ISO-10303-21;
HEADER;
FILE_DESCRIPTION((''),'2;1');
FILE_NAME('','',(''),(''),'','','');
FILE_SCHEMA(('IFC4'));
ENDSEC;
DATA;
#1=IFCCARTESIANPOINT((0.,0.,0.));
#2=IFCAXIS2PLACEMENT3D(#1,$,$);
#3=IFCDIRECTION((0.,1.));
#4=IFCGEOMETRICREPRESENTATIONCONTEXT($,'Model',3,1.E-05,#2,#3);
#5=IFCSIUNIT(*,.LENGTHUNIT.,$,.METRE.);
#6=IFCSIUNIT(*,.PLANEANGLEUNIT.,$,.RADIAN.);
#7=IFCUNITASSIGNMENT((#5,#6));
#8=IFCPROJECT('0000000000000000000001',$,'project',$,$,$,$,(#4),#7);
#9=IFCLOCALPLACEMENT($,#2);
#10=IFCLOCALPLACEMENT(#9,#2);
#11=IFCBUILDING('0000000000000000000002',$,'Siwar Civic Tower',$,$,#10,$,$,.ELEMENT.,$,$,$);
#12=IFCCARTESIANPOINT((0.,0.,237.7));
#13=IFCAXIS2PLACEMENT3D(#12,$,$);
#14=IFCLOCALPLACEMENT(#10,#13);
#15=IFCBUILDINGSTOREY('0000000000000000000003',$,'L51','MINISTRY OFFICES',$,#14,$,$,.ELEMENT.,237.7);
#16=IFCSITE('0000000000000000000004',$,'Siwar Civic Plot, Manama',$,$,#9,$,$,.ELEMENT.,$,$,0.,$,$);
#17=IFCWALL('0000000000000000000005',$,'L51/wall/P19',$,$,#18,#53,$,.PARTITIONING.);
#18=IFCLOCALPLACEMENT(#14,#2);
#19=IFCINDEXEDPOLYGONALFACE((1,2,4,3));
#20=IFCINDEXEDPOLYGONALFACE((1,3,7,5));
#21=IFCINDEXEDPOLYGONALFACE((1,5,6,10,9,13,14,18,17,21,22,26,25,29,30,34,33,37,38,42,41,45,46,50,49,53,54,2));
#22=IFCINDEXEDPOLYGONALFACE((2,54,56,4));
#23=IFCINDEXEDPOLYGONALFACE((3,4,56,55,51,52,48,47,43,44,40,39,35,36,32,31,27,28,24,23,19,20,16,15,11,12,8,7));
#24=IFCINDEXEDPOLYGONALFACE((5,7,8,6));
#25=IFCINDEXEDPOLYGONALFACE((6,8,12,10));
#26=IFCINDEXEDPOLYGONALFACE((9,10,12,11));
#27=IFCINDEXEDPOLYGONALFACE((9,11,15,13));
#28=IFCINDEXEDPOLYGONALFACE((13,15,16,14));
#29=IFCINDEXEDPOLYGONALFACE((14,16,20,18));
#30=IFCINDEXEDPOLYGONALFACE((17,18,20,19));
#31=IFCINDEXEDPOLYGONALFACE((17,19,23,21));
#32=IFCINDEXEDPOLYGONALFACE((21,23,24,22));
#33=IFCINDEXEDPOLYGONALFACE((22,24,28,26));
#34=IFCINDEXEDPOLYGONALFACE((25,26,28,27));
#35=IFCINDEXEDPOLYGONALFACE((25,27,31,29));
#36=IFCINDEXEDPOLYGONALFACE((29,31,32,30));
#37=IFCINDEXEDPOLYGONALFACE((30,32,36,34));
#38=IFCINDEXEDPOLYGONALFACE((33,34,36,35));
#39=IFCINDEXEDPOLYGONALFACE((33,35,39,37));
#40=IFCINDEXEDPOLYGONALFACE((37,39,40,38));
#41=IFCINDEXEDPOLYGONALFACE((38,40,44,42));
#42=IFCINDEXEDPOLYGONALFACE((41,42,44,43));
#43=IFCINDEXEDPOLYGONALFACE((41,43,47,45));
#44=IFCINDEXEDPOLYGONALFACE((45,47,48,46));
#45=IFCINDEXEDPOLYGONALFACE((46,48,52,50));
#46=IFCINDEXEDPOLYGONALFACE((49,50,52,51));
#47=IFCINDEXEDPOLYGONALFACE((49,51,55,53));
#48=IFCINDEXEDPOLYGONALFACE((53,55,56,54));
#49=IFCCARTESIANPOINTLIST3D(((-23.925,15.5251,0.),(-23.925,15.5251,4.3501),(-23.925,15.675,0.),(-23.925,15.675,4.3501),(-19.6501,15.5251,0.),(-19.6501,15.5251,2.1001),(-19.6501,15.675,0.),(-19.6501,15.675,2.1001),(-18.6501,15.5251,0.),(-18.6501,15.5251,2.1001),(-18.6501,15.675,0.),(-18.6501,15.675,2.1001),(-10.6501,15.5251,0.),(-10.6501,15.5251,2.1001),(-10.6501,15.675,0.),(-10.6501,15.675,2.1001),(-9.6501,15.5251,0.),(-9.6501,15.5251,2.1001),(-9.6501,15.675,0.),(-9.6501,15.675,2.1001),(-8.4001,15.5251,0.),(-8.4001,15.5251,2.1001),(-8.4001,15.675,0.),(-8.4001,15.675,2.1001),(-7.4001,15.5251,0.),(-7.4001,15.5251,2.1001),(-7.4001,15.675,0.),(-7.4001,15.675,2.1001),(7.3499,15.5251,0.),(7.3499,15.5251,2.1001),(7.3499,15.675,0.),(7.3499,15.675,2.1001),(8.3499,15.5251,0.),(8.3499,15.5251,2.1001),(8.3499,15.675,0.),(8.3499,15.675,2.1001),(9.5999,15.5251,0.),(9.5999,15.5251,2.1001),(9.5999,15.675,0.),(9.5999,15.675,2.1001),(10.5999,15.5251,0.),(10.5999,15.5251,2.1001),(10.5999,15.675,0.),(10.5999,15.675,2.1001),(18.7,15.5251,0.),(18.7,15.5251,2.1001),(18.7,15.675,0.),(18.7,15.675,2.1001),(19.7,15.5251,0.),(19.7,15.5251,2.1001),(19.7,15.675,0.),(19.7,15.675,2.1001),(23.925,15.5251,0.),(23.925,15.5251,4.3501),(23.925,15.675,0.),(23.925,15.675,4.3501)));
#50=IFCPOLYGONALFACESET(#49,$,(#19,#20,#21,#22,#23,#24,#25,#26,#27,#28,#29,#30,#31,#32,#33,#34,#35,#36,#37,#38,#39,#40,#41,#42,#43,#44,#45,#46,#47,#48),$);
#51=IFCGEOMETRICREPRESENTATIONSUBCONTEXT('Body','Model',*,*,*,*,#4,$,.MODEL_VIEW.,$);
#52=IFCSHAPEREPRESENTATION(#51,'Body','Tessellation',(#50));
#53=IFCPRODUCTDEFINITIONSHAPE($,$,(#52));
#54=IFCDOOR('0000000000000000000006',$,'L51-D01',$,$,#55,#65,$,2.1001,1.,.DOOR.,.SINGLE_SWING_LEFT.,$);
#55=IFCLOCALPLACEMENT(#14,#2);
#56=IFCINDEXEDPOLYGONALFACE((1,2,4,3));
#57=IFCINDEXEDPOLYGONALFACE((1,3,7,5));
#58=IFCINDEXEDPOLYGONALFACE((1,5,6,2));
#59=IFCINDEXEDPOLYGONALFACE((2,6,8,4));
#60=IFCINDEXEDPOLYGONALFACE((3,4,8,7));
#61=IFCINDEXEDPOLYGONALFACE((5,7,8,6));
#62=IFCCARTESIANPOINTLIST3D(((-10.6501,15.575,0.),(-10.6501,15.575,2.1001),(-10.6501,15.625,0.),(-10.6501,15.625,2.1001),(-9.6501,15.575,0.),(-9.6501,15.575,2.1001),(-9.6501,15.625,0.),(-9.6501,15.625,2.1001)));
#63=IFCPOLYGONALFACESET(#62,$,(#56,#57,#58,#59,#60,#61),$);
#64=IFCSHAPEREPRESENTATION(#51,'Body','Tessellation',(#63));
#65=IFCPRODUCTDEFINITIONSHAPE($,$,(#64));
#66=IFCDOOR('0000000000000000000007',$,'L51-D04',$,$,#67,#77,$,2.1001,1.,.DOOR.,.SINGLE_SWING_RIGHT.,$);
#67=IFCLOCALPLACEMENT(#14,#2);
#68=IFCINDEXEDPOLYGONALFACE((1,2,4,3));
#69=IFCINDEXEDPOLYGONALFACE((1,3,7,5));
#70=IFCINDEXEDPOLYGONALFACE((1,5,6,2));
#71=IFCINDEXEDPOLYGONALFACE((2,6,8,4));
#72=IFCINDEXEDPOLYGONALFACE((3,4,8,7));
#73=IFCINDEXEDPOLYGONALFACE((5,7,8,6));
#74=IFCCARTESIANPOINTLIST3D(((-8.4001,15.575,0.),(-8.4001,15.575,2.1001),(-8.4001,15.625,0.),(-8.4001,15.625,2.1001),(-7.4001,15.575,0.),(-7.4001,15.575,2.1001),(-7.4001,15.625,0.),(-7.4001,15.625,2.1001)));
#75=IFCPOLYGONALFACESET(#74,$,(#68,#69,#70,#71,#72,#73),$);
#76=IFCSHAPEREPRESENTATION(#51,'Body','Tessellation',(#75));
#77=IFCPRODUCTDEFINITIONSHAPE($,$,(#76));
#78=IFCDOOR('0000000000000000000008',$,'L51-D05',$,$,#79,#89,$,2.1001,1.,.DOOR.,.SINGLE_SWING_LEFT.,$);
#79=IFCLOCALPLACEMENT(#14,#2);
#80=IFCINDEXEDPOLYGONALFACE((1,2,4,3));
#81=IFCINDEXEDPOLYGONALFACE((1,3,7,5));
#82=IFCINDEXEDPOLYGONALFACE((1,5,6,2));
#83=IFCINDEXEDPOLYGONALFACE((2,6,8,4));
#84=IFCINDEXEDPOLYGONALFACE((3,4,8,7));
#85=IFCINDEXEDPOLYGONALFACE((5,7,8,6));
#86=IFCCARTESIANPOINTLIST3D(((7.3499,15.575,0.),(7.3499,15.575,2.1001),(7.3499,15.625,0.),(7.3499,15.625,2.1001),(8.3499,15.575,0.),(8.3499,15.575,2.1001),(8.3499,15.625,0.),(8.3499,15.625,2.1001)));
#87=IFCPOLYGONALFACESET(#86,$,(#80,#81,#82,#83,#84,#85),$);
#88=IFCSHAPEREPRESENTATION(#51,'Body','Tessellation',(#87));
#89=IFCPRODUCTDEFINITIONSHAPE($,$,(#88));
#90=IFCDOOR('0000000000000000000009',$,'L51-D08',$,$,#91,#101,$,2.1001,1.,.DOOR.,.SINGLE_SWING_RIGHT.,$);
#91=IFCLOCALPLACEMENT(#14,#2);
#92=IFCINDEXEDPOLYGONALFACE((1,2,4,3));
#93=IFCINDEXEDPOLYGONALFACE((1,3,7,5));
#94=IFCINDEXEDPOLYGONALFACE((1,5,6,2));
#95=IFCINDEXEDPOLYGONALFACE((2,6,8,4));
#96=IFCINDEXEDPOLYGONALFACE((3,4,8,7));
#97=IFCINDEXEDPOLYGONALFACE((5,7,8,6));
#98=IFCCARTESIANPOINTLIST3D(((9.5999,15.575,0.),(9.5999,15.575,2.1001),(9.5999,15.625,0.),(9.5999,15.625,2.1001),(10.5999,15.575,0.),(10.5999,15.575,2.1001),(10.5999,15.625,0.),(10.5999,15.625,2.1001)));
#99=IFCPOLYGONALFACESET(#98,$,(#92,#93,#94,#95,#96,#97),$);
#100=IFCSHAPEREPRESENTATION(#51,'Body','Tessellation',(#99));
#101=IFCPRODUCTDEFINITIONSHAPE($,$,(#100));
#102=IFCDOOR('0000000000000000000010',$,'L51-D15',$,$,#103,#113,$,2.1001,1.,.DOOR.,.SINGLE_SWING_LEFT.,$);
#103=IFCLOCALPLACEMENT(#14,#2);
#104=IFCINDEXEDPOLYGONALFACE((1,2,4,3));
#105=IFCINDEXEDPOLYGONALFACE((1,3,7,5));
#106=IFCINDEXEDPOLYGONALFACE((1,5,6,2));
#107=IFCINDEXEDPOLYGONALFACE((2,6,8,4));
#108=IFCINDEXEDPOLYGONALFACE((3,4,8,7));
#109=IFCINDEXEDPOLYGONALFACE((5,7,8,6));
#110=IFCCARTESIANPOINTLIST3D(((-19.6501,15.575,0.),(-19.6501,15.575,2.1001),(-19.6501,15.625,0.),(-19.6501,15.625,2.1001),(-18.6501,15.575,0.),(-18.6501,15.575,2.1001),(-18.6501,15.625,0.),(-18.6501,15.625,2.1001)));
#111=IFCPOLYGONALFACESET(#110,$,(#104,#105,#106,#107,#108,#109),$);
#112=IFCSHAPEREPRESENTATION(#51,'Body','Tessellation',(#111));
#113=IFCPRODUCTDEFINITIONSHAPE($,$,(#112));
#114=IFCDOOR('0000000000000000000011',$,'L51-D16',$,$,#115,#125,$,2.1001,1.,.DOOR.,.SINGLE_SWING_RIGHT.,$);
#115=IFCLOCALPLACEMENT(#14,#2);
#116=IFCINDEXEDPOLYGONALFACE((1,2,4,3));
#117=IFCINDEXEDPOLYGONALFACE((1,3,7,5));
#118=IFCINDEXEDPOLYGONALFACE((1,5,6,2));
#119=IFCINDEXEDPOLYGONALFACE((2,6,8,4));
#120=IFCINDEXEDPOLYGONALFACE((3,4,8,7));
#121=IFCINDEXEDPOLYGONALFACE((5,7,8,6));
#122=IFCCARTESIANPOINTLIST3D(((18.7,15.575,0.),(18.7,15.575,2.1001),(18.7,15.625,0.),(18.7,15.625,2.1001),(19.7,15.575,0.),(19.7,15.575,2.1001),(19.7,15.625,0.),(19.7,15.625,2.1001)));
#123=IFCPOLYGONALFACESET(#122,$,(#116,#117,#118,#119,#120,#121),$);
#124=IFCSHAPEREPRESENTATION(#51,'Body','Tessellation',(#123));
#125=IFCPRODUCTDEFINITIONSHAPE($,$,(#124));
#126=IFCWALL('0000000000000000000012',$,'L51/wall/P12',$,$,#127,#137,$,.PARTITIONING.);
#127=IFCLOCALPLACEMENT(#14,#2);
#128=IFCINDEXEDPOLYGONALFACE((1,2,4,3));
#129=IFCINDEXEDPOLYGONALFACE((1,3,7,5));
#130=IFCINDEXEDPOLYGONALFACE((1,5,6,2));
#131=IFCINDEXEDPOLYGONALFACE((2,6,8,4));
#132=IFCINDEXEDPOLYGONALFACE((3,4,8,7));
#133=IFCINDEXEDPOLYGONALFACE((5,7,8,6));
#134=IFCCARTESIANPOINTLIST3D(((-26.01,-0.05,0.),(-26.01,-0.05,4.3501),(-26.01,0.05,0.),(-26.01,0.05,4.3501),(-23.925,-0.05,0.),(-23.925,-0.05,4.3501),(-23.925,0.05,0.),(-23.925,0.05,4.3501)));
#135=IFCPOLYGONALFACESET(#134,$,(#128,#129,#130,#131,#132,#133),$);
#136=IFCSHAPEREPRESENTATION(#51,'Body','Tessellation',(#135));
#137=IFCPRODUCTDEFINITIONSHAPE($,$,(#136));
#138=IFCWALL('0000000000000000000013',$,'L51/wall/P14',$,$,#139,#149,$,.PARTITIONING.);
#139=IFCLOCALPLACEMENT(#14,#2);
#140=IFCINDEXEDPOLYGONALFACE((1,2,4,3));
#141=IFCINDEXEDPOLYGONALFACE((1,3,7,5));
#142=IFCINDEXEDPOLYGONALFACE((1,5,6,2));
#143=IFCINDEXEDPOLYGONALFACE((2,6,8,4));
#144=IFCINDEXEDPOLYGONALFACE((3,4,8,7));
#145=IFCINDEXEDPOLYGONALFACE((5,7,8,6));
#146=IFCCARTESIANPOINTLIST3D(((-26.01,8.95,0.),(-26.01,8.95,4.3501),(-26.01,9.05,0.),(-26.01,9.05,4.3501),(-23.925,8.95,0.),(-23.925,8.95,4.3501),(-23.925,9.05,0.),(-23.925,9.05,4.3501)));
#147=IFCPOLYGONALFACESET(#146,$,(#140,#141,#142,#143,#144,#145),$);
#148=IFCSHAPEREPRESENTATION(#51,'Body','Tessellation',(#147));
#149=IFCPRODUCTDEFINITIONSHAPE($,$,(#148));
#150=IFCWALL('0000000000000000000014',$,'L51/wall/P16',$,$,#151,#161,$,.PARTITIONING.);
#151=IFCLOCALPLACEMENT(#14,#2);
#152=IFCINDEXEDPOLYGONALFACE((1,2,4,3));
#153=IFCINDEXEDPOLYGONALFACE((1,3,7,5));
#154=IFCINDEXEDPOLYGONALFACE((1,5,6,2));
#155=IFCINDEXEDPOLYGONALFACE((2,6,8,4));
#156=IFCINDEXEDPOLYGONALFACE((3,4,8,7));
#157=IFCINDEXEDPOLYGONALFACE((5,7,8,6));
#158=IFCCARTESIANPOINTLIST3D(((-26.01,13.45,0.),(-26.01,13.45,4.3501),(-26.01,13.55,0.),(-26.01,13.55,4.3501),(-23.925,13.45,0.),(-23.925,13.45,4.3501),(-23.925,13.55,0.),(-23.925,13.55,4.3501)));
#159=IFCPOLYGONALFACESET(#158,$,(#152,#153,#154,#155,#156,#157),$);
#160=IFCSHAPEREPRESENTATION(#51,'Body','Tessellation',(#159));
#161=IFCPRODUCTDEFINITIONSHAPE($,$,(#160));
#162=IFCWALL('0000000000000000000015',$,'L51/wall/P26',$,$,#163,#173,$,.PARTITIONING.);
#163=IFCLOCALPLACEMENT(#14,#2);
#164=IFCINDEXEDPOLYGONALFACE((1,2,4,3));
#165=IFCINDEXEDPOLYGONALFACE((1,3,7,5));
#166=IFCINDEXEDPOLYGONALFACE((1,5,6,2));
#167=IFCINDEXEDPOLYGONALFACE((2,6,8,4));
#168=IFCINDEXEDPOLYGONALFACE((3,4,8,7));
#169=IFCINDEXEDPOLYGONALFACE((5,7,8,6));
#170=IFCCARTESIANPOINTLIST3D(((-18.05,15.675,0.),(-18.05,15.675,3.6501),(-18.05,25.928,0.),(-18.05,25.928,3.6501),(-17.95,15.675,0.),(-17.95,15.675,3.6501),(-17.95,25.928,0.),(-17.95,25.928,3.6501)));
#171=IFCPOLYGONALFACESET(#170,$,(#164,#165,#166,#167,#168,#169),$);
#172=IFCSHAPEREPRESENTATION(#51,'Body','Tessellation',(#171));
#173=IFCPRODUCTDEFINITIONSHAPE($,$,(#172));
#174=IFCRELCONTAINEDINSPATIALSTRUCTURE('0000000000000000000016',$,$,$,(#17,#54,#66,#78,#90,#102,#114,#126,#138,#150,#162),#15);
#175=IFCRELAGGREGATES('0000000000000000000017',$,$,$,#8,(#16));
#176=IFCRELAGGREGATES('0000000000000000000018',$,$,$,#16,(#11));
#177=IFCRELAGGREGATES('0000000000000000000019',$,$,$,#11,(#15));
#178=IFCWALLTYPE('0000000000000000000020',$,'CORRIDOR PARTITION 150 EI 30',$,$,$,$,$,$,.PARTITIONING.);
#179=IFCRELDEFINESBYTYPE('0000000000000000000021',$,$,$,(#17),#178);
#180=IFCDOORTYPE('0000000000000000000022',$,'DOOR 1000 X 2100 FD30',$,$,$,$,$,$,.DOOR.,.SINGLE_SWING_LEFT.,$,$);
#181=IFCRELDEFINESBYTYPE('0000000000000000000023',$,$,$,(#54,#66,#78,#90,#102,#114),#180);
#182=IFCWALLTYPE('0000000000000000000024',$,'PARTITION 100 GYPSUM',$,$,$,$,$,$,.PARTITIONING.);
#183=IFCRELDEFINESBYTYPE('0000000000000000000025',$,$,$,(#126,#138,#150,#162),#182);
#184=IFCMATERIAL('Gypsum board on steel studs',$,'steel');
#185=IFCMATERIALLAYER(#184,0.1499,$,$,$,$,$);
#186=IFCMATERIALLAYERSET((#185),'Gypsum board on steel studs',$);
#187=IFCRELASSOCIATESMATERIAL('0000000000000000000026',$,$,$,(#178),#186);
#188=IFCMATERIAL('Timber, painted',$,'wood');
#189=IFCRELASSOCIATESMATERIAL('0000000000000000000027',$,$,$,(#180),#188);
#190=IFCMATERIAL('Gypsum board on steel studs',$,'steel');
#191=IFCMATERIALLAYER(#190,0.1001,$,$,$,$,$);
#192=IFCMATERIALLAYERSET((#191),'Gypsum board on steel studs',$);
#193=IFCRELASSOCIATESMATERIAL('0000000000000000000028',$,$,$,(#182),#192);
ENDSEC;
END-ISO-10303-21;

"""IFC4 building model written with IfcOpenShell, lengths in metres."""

from ifc_helpers import new_model, si_unit, direction, frame, frame_2d, origin, place, context, subcontext, project, spatial, rectangle, extrude, material, layer, layer_set, type_object, element, fill, save


model = new_model("IFC4")

# Units and contexts
model_context = context("Model", 3, precision=1e-05, world=origin(), true_north=direction((0.0, 1.0)))
body_context = subcontext(model_context, "Body", "Model", "MODEL_VIEW")
ifc_project = project(units=[si_unit("LENGTHUNIT", "METRE"), si_unit("PLANEANGLEUNIT", "RADIAN")], contexts=[model_context])

# Site, building, storey
site_placement = place(None, origin())
site = spatial("IfcSite", under=ifc_project, at=site_placement, Name="Siwar Civic Plot, Manama", CompositionType="ELEMENT", RefElevation=0.0)
building_placement = place(site_placement, origin())
building = spatial("IfcBuilding", under=site, at=building_placement, Name="Siwar Civic Tower", CompositionType="ELEMENT")
storey_placement = place(building_placement, frame((0.0, 0.0, 237.7)))
storey = spatial("IfcBuildingStorey", under=building, at=storey_placement, Name="L51", Description="MINISTRY OFFICES", CompositionType="ELEMENT", Elevation=237.7)

# Wall, openings, doors
ifc_material_1 = material(Name="Gypsum board on steel studs", Category="steel")
ifc_layer_1 = layer(ifc_material_1, 0.1499)
ifc_layer_set_1 = layer_set([ifc_layer_1], Name="Gypsum board on steel studs")
wall_type_1 = type_object("IfcWallType", Name="CORRIDOR PARTITION 150 EI 30", PredefinedType="PARTITIONING", material=ifc_layer_set_1)
wall_1_placement = place(storey_placement, frame((-23.925, 15.6001, 0.0), z_axis=(0.0, 0.0, 1.0), x_axis=(1.0, 0.0, 0.0)))
wall_1 = element("IfcWall", 1, at=wall_1_placement, inside=storey, type_object=wall_type_1, Name="L51/wall/P19", PredefinedType="PARTITIONING", context=body_context, shape_type="SweptSolid", body=[
    extrude(rectangle(XDim=47.8501, YDim=0.1499, at=frame_2d((23.925, 0.0))), origin(), (0.0, 0.0, 1.0), 4.3501),
])
opening_1_placement = place(wall_1_placement, frame((13.2749, 0.0, 0.0)))
opening_1 = element("IfcOpeningElement", 2, at=opening_1_placement, cuts=wall_1, PredefinedType="OPENING", context=body_context, shape_type="SweptSolid", body=[
    extrude(rectangle(XDim=1.0, YDim=2.1001, at=frame_2d((0.5, 1.05))), frame((0.0, 0.085, 0.0), z_axis=(0.0, -1.0, 0.0), x_axis=(1.0, 0.0, 0.0)), (0.0, 0.0, 1.0), 0.1699),
])
opening_2_placement = place(wall_1_placement, frame((15.5249, 0.0, 0.0)))
opening_2 = element("IfcOpeningElement", 3, at=opening_2_placement, cuts=wall_1, PredefinedType="OPENING", context=body_context, shape_type="SweptSolid", body=[
    extrude(rectangle(XDim=1.0, YDim=2.1001, at=frame_2d((0.5, 1.05))), frame((0.0, 0.085, 0.0), z_axis=(0.0, -1.0, 0.0), x_axis=(1.0, 0.0, 0.0)), (0.0, 0.0, 1.0), 0.1699),
])
opening_3_placement = place(wall_1_placement, frame((31.2749, 0.0, 0.0)))
opening_3 = element("IfcOpeningElement", 4, at=opening_3_placement, cuts=wall_1, PredefinedType="OPENING", context=body_context, shape_type="SweptSolid", body=[
    extrude(rectangle(XDim=1.0, YDim=2.1001, at=frame_2d((0.5, 1.05))), frame((0.0, 0.085, 0.0), z_axis=(0.0, -1.0, 0.0), x_axis=(1.0, 0.0, 0.0)), (0.0, 0.0, 1.0), 0.1699),
])
opening_4_placement = place(wall_1_placement, frame((33.5249, 0.0, 0.0)))
opening_4 = element("IfcOpeningElement", 5, at=opening_4_placement, cuts=wall_1, PredefinedType="OPENING", context=body_context, shape_type="SweptSolid", body=[
    extrude(rectangle(XDim=1.0, YDim=2.1001, at=frame_2d((0.5, 1.05))), frame((0.0, 0.085, 0.0), z_axis=(0.0, -1.0, 0.0), x_axis=(1.0, 0.0, 0.0)), (0.0, 0.0, 1.0), 0.1699),
])
opening_5_placement = place(wall_1_placement, frame((4.2749, 0.0, 0.0)))
opening_5 = element("IfcOpeningElement", 6, at=opening_5_placement, cuts=wall_1, PredefinedType="OPENING", context=body_context, shape_type="SweptSolid", body=[
    extrude(rectangle(XDim=1.0, YDim=2.1001, at=frame_2d((0.5, 1.05))), frame((0.0, 0.085, 0.0), z_axis=(0.0, -1.0, 0.0), x_axis=(1.0, 0.0, 0.0)), (0.0, 0.0, 1.0), 0.1699),
])
opening_6_placement = place(wall_1_placement, frame((42.625, 0.0, 0.0)))
opening_6 = element("IfcOpeningElement", 7, at=opening_6_placement, cuts=wall_1, PredefinedType="OPENING", context=body_context, shape_type="SweptSolid", body=[
    extrude(rectangle(XDim=1.0, YDim=2.1001, at=frame_2d((0.5, 1.05))), frame((0.0, 0.085, 0.0), z_axis=(0.0, -1.0, 0.0), x_axis=(1.0, 0.0, 0.0)), (0.0, 0.0, 1.0), 0.1699),
])
ifc_material_2 = material(Name="Timber, painted", Category="wood")
door_type = type_object("IfcDoorType", Name="DOOR 1000 X 2100 FD30", OperationType="SINGLE_SWING_LEFT", PredefinedType="DOOR", material=ifc_material_2)
door_1_placement = place(opening_1_placement, origin())
door_1 = element("IfcDoor", 8, at=door_1_placement, inside=storey, type_object=door_type, Name="L51-D01", OperationType="SINGLE_SWING_LEFT", OverallHeight=2.1001, OverallWidth=1.0, PredefinedType="DOOR", context=body_context, shape_type="SweptSolid", body=[
    extrude(rectangle(XDim=1.0, YDim=2.1001, at=frame_2d((0.5, 1.05))), frame((0.0, 0.0249, 0.0), z_axis=(0.0, -1.0, 0.0), x_axis=(1.0, 0.0, 0.0)), (0.0, 0.0, 1.0), 0.05),
])
fill(opening_1, door_1)
door_2_placement = place(opening_2_placement, origin())
door_2 = element("IfcDoor", 9, at=door_2_placement, inside=storey, type_object=door_type, Name="L51-D04", OperationType="SINGLE_SWING_RIGHT", OverallHeight=2.1001, OverallWidth=1.0, PredefinedType="DOOR", context=body_context, shape_type="SweptSolid", body=[
    extrude(rectangle(XDim=1.0, YDim=2.1001, at=frame_2d((0.5, 1.05))), frame((0.0, 0.0249, 0.0), z_axis=(0.0, -1.0, 0.0), x_axis=(1.0, 0.0, 0.0)), (0.0, 0.0, 1.0), 0.05),
])
fill(opening_2, door_2)
door_3_placement = place(opening_3_placement, origin())
door_3 = element("IfcDoor", 10, at=door_3_placement, inside=storey, type_object=door_type, Name="L51-D05", OperationType="SINGLE_SWING_LEFT", OverallHeight=2.1001, OverallWidth=1.0, PredefinedType="DOOR", context=body_context, shape_type="SweptSolid", body=[
    extrude(rectangle(XDim=1.0, YDim=2.1001, at=frame_2d((0.5, 1.05))), frame((0.0, 0.0249, 0.0), z_axis=(0.0, -1.0, 0.0), x_axis=(1.0, 0.0, 0.0)), (0.0, 0.0, 1.0), 0.05),
])
fill(opening_3, door_3)
door_4_placement = place(opening_4_placement, origin())
door_4 = element("IfcDoor", 11, at=door_4_placement, inside=storey, type_object=door_type, Name="L51-D08", OperationType="SINGLE_SWING_RIGHT", OverallHeight=2.1001, OverallWidth=1.0, PredefinedType="DOOR", context=body_context, shape_type="SweptSolid", body=[
    extrude(rectangle(XDim=1.0, YDim=2.1001, at=frame_2d((0.5, 1.05))), frame((0.0, 0.0249, 0.0), z_axis=(0.0, -1.0, 0.0), x_axis=(1.0, 0.0, 0.0)), (0.0, 0.0, 1.0), 0.05),
])
fill(opening_4, door_4)
door_5_placement = place(opening_5_placement, origin())
door_5 = element("IfcDoor", 12, at=door_5_placement, inside=storey, type_object=door_type, Name="L51-D15", OperationType="SINGLE_SWING_LEFT", OverallHeight=2.1001, OverallWidth=1.0, PredefinedType="DOOR", context=body_context, shape_type="SweptSolid", body=[
    extrude(rectangle(XDim=1.0, YDim=2.1001, at=frame_2d((0.5, 1.05))), frame((0.0, 0.0249, 0.0), z_axis=(0.0, -1.0, 0.0), x_axis=(1.0, 0.0, 0.0)), (0.0, 0.0, 1.0), 0.05),
])
fill(opening_5, door_5)
door_6_placement = place(opening_6_placement, origin())
door_6 = element("IfcDoor", 13, at=door_6_placement, inside=storey, type_object=door_type, Name="L51-D16", OperationType="SINGLE_SWING_RIGHT", OverallHeight=2.1001, OverallWidth=1.0, PredefinedType="DOOR", context=body_context, shape_type="SweptSolid", body=[
    extrude(rectangle(XDim=1.0, YDim=2.1001, at=frame_2d((0.5, 1.05))), frame((0.0, 0.0249, 0.0), z_axis=(0.0, -1.0, 0.0), x_axis=(1.0, 0.0, 0.0)), (0.0, 0.0, 1.0), 0.05),
])
fill(opening_6, door_6)

# Walls
ifc_material_3 = material(Name="Gypsum board on steel studs", Category="steel")
ifc_layer_2 = layer(ifc_material_3, 0.1001)
ifc_layer_set_2 = layer_set([ifc_layer_2], Name="Gypsum board on steel studs")
wall_type_2 = type_object("IfcWallType", Name="PARTITION 100 GYPSUM", PredefinedType="PARTITIONING", material=ifc_layer_set_2)
for number, where, z_axis, x_axis, name in (
    (14, (-26.01, 0.0, 0.0), (0.0, 0.0, 1.0), (1.0, 0.0, 0.0), "L51/wall/P12"),
    (15, (-26.01, 9.0, 0.0), (0.0, 0.0, 1.0), (1.0, 0.0, 0.0), "L51/wall/P14"),
    (16, (-26.01, 13.5, 0.0), (0.0, 0.0, 1.0), (1.0, 0.0, 0.0), "L51/wall/P16"),
):
    element("IfcWall", number, at=place(storey_placement, frame(where, z_axis=z_axis, x_axis=x_axis)), inside=storey, type_object=wall_type_2, Name=name, PredefinedType="PARTITIONING", context=body_context, shape_type="SweptSolid", body=[
        extrude(rectangle(XDim=2.085, YDim=0.1001, at=frame_2d((1.0425, 0.0))), origin(), (0.0, 0.0, 1.0), 4.3501),
    ])
wall_2_placement = place(storey_placement, frame((-18.0, 15.675, 0.0), z_axis=(0.0, 0.0, 1.0), x_axis=(0.0, 1.0, 0.0)))
element("IfcWall", 17, at=wall_2_placement, inside=storey, type_object=wall_type_2, Name="L51/wall/P26", PredefinedType="PARTITIONING", context=body_context, shape_type="SweptSolid", body=[
    extrude(rectangle(XDim=10.2529, YDim=0.1001, at=frame_2d((5.1265, 0.0))), origin(), (0.0, 0.0, 1.0), 3.6501),
])

save(model, "model.ifc")
